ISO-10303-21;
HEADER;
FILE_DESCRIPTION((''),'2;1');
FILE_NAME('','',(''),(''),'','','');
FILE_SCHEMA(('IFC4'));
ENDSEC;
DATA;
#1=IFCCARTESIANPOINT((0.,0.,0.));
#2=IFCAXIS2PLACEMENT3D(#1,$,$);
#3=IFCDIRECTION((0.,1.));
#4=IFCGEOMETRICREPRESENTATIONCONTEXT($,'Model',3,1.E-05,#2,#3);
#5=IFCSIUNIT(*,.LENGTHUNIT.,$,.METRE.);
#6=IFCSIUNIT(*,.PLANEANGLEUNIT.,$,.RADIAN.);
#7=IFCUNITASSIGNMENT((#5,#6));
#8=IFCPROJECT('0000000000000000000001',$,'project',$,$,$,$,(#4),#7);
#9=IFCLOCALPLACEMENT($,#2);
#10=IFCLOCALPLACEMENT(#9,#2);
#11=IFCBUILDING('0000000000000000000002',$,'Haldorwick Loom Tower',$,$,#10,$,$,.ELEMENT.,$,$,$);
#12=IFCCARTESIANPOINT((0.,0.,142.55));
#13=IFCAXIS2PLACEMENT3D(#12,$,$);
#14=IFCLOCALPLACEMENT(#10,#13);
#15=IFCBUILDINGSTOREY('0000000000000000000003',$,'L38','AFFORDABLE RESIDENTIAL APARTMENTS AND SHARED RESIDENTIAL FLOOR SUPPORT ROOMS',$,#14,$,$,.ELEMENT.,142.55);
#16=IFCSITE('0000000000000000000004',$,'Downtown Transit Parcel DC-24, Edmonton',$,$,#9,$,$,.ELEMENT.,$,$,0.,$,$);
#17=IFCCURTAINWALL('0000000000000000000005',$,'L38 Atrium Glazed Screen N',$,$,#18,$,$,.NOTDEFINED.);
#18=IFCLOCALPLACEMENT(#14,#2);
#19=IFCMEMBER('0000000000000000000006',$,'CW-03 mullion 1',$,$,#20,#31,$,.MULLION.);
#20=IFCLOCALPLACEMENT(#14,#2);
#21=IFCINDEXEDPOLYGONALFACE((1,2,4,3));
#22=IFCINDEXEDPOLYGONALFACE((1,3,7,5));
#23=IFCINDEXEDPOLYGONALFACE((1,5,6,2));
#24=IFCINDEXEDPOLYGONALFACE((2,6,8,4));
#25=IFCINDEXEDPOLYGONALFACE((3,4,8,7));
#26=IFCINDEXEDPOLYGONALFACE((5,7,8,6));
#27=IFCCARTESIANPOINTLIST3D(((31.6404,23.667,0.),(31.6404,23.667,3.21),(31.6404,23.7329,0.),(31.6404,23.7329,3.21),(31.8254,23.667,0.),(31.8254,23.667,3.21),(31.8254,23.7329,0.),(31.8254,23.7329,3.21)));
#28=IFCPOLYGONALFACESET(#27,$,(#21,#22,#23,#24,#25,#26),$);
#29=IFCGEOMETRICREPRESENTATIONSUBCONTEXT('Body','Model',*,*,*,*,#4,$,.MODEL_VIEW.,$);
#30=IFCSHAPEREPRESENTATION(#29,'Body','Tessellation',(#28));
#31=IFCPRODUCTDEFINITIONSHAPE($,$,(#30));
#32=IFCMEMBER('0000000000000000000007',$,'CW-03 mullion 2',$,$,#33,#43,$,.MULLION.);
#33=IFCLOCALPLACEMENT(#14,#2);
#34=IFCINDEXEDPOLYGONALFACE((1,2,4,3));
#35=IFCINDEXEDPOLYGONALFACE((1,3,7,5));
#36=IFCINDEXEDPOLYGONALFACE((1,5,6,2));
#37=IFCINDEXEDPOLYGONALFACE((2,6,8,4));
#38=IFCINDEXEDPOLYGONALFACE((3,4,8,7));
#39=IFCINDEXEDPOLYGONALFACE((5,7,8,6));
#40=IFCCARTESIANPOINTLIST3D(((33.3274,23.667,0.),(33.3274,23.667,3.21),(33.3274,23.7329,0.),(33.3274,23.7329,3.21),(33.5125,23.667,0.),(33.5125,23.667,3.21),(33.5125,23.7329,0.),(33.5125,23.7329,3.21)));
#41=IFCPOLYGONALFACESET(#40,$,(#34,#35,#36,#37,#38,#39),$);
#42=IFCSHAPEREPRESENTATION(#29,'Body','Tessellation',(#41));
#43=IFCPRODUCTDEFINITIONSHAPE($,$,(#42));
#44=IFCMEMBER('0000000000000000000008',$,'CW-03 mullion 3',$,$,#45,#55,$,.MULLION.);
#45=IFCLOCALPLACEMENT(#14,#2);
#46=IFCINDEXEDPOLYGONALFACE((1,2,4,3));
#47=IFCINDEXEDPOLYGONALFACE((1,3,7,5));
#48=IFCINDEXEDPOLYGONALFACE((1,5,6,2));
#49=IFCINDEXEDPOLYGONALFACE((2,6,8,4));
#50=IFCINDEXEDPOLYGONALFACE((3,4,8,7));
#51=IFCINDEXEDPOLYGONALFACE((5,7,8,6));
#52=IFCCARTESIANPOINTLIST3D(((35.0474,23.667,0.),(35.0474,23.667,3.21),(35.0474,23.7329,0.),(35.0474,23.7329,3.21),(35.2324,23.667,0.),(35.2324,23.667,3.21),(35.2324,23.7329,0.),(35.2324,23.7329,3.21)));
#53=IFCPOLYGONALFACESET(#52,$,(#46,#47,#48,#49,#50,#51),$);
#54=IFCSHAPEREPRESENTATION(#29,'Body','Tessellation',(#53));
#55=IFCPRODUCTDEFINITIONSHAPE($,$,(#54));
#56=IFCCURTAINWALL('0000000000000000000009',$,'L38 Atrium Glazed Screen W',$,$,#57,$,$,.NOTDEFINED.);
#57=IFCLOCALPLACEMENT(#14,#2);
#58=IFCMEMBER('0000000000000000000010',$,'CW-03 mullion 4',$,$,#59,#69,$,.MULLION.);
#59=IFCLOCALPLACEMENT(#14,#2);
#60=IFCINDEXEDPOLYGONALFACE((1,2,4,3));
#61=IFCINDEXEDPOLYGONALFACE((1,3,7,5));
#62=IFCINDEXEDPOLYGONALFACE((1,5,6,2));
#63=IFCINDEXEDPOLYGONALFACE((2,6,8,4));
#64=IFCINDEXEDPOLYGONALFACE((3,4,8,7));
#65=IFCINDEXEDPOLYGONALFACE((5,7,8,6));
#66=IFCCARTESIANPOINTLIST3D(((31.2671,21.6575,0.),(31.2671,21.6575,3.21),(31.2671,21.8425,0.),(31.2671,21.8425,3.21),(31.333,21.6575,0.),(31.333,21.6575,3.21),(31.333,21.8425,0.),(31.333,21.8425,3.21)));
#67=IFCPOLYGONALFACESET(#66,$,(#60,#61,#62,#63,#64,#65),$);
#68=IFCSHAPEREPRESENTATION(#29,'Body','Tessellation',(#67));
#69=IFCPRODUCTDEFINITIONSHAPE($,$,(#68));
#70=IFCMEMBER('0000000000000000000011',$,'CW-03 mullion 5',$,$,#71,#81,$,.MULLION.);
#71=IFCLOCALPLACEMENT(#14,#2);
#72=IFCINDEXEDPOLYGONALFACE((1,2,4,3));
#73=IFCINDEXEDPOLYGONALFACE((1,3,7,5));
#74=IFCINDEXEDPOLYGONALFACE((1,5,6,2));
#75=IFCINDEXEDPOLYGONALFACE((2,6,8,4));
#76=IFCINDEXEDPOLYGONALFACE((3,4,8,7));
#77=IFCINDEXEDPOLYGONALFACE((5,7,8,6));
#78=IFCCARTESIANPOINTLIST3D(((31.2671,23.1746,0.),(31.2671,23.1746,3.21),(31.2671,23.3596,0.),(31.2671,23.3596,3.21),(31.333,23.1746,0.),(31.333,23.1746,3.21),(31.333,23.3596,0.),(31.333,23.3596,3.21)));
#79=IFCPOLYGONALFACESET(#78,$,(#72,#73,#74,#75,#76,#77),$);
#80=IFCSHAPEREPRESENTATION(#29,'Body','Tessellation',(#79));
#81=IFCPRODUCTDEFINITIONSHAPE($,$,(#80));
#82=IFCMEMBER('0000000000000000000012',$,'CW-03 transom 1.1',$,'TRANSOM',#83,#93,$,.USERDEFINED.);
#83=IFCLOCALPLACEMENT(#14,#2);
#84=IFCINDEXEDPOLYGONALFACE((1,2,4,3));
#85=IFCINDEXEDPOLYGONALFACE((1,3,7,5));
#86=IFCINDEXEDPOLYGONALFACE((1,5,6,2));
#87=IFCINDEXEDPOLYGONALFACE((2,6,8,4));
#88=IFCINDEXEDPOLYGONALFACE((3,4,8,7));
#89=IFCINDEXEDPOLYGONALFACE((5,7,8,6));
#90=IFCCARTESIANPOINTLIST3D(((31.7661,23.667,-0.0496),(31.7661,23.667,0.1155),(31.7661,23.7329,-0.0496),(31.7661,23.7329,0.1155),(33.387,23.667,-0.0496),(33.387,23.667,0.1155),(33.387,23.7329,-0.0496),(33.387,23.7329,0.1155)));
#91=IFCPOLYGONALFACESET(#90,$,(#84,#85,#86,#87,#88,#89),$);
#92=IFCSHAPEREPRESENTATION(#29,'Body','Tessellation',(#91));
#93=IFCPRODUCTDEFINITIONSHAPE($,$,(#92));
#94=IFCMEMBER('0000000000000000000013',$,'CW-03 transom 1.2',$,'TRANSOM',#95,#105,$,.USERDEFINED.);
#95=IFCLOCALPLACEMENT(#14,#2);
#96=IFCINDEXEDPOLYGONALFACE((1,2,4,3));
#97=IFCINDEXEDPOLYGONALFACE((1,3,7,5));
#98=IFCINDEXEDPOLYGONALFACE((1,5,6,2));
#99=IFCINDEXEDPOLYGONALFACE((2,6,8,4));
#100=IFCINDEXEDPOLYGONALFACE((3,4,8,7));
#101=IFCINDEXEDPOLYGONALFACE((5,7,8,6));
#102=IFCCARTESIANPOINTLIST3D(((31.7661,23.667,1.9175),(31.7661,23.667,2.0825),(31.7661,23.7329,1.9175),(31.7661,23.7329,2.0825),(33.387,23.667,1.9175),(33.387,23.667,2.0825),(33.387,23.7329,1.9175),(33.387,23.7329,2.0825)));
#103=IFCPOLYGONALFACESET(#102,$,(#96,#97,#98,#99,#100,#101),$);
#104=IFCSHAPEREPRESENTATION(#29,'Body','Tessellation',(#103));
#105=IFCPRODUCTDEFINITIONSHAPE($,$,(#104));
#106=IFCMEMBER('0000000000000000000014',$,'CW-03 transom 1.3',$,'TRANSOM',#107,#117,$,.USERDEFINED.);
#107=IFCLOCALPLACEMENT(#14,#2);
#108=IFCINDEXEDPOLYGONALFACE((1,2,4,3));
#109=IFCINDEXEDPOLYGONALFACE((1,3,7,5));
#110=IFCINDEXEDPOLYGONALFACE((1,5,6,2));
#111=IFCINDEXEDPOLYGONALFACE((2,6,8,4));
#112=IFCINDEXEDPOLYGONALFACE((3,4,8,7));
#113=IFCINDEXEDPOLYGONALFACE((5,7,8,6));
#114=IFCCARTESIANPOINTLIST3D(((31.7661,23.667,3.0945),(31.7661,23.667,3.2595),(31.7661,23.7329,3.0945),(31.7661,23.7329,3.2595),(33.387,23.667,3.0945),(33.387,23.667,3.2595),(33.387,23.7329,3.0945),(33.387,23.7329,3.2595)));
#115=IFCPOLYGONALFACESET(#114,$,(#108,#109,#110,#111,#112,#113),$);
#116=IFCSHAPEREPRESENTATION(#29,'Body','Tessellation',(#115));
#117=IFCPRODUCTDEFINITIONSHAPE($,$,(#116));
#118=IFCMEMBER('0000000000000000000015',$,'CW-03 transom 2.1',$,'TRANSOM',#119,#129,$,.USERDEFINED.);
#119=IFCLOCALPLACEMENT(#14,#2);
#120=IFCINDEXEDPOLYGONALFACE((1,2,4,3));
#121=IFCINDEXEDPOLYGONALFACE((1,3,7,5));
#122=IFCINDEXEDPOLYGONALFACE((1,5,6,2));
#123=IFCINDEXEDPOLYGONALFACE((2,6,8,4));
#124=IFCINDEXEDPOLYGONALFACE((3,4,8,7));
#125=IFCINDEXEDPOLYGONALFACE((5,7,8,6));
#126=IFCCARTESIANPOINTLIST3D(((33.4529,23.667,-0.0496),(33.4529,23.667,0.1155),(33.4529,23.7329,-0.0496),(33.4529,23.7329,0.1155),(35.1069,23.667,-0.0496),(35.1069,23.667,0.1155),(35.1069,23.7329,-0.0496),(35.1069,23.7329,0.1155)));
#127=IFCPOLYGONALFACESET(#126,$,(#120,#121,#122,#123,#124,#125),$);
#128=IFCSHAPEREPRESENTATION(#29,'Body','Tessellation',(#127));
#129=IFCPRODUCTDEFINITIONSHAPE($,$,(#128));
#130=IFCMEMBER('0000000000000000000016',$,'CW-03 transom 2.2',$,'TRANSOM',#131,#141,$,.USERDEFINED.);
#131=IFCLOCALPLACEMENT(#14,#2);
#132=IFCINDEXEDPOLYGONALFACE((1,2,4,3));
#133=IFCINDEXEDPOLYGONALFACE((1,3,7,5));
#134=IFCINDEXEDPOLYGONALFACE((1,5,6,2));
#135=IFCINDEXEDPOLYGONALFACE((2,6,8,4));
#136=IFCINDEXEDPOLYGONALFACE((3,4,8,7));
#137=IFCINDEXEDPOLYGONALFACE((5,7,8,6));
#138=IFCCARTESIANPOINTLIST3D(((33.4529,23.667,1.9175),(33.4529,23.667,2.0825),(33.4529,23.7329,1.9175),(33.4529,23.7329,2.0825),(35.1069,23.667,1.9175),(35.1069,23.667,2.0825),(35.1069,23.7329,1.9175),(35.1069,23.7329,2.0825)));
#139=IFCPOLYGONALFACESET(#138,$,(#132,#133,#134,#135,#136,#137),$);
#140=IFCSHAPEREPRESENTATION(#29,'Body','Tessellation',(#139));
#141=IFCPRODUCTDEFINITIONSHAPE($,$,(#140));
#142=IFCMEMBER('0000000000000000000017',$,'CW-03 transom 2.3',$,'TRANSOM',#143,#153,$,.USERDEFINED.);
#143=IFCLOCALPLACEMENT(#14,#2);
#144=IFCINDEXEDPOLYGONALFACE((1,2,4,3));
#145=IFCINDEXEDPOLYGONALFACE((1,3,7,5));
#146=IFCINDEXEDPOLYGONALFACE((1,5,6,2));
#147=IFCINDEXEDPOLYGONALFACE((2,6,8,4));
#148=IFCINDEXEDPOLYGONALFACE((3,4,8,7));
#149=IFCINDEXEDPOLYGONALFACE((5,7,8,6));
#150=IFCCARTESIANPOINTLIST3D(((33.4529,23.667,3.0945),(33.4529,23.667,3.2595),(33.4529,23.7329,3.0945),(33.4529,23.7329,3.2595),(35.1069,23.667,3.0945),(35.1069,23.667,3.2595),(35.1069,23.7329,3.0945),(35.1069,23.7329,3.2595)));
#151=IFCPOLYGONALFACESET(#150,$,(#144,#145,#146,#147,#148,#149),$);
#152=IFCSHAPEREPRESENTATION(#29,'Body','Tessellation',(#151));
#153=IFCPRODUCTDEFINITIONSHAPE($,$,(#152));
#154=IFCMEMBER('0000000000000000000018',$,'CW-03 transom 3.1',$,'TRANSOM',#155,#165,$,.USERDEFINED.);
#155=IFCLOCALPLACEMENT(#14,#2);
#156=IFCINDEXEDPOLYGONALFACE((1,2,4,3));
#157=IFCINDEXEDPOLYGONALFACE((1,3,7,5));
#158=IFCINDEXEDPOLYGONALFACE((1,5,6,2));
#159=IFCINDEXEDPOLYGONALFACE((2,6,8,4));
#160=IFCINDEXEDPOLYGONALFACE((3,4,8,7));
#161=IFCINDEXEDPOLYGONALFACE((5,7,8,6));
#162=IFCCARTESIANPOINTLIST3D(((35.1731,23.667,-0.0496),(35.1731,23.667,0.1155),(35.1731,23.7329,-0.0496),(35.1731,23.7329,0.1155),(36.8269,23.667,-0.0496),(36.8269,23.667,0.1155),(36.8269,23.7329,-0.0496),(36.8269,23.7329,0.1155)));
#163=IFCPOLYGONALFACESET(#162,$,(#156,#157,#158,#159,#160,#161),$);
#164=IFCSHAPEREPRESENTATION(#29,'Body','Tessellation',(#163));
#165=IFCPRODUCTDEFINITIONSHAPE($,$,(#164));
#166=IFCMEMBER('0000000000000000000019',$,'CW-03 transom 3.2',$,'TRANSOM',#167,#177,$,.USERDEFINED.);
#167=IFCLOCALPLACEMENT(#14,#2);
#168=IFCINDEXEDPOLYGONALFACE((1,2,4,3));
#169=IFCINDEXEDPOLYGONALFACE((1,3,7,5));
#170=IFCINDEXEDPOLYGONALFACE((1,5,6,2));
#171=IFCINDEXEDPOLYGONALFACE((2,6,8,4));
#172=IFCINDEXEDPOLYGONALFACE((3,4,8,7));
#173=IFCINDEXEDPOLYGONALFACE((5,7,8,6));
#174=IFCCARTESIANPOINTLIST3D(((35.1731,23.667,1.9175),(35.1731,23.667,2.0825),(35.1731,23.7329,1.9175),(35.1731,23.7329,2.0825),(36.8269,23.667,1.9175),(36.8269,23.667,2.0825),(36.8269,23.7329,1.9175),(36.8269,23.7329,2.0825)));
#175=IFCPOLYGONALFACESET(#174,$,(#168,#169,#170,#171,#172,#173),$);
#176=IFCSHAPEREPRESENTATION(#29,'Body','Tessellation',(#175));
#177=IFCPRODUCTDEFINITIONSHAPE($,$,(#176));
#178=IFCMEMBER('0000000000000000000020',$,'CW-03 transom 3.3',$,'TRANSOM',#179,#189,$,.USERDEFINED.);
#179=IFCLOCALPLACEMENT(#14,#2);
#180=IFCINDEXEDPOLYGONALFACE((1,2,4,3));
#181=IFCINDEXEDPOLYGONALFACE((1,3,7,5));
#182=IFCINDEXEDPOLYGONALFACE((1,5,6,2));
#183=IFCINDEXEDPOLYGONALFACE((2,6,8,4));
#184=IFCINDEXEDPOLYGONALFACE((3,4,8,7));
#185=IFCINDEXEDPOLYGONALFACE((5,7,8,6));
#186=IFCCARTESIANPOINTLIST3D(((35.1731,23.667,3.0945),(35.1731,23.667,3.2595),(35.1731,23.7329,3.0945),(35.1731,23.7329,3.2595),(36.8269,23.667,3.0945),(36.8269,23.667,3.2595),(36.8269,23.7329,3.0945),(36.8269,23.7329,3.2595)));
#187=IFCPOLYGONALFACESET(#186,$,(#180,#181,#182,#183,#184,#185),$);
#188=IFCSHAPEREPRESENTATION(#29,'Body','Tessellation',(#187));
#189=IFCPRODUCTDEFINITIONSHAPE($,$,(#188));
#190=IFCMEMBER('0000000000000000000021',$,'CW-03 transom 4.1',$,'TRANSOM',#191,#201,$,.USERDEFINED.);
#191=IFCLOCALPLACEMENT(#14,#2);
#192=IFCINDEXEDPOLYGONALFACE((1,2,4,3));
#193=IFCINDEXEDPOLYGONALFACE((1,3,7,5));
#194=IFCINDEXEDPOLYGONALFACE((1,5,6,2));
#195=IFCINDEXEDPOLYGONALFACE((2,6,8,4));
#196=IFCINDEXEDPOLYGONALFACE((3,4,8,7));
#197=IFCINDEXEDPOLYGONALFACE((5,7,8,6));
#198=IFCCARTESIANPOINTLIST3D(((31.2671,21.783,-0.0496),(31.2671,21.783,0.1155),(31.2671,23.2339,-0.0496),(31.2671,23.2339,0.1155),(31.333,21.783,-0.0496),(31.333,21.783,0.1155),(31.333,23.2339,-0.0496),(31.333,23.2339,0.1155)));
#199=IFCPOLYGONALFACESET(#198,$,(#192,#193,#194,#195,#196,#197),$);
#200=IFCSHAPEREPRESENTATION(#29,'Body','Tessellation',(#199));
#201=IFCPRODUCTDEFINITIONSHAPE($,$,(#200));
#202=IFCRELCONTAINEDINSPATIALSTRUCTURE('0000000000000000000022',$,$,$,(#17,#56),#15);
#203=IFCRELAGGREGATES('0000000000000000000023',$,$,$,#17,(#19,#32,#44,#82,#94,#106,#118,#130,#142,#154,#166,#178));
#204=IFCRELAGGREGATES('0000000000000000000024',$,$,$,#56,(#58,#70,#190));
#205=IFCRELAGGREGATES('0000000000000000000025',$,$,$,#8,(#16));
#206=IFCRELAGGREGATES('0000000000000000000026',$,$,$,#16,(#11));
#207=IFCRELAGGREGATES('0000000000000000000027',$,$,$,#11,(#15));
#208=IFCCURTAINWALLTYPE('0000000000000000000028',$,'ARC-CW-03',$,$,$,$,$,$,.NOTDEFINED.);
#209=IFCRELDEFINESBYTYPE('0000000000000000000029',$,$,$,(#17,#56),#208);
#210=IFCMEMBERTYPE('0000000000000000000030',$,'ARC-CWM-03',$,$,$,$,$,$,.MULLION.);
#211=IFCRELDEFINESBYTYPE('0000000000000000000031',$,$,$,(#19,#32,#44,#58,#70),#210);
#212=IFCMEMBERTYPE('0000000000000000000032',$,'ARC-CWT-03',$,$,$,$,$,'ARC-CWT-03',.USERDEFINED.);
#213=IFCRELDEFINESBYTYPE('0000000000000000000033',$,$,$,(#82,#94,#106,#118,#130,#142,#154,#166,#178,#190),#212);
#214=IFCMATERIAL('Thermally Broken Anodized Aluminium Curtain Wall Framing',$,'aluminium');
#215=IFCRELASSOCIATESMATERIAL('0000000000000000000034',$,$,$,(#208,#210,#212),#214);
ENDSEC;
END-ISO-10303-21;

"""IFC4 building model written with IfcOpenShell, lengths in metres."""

from ifc_helpers import new_model, si_unit, direction, frame, origin, origin_2d, place, context, subcontext, project, spatial, rectangle, extrude, material, material_profile, profile_set, type_object, element, aggregate, save


model = new_model("IFC4")

# Units and contexts
model_context = context("Model", 3, precision=1e-05, world=origin(), true_north=direction((0.0, 1.0)))
body_context = subcontext(model_context, "Body", "Model", "MODEL_VIEW")
ifc_project = project(units=[si_unit("LENGTHUNIT", "METRE"), si_unit("PLANEANGLEUNIT", "RADIAN")], contexts=[model_context])

# Site, building, storey
site_placement = place(None, origin())
site = spatial("IfcSite", under=ifc_project, at=site_placement, Name="Downtown Transit Parcel DC-24, Edmonton", CompositionType="ELEMENT", RefElevation=0.0)
building_placement = place(site_placement, origin())
building = spatial("IfcBuilding", under=site, at=building_placement, Name="Haldorwick Loom Tower", CompositionType="ELEMENT")
storey_placement = place(building_placement, frame((0.0, 0.0, 142.55)))
storey = spatial("IfcBuildingStorey", under=building, at=storey_placement, Name="L38", Description="AFFORDABLE RESIDENTIAL APARTMENTS AND SHARED RESIDENTIAL FLOOR SUPPORT ROOMS", CompositionType="ELEMENT", Elevation=142.55)

# Curtain walls, members
ifc_material_1 = material(Name="Thermally Broken Anodized Aluminium Curtain Wall Framing", Category="aluminium")
curtain_wall_type = type_object("IfcCurtainWallType", Name="ARC-CW-03", PredefinedType="NOTDEFINED", material=ifc_material_1)
curtain_wall_1_placement = place(storey_placement, origin())
curtain_wall_1 = element("IfcCurtainWall", 1, at=curtain_wall_1_placement, inside=storey, type_object=curtain_wall_type, Name="L38 Atrium Glazed Screen N", PredefinedType="NOTDEFINED")
ifc_material_profile_1 = material_profile(ifc_material_1, rectangle(XDim=0.0659, YDim=0.1851, at=origin_2d()), Name="ALU_MUL_66X185", Category="aluminium")
ifc_profile_set_1 = profile_set([ifc_material_profile_1], Name="Thermally Broken Anodized Aluminium Curtain Wall Framing")
member_type_1 = type_object("IfcMemberType", Name="ARC-CWM-03", PredefinedType="MULLION", material=ifc_profile_set_1)
member_1_placement = place(storey_placement, frame((31.7329, 23.7, 0.0), z_axis=(0.0, 0.0, 1.0), x_axis=(0.0, 1.0, 0.0)))
member_1 = element("IfcMember", 2, at=member_1_placement, type_object=member_type_1, Name="CW-03 mullion 1", PredefinedType="MULLION", context=body_context, shape_type="SweptSolid", body=[
    extrude(rectangle(XDim=0.0659, YDim=0.1851, at=origin_2d()), origin(), (0.0, 0.0, 1.0), 3.21),
])
member_2_placement = place(storey_placement, frame((33.4199, 23.7, 0.0), z_axis=(0.0, 0.0, 1.0), x_axis=(0.0, 1.0, 0.0)))
member_2 = element("IfcMember", 3, at=member_2_placement, type_object=member_type_1, Name="CW-03 mullion 2", PredefinedType="MULLION", context=body_context, shape_type="SweptSolid", body=[
    extrude(rectangle(XDim=0.0659, YDim=0.1851, at=origin_2d()), origin(), (0.0, 0.0, 1.0), 3.21),
])
member_3_placement = place(storey_placement, frame((35.1399, 23.7, 0.0), z_axis=(0.0, 0.0, 1.0), x_axis=(0.0, 1.0, 0.0)))
member_3 = element("IfcMember", 4, at=member_3_placement, type_object=member_type_1, Name="CW-03 mullion 3", PredefinedType="MULLION", context=body_context, shape_type="SweptSolid", body=[
    extrude(rectangle(XDim=0.0659, YDim=0.1851, at=origin_2d()), origin(), (0.0, 0.0, 1.0), 3.21),
])
curtain_wall_2_placement = place(storey_placement, origin())
curtain_wall_2 = element("IfcCurtainWall", 5, at=curtain_wall_2_placement, inside=storey, type_object=curtain_wall_type, Name="L38 Atrium Glazed Screen W", PredefinedType="NOTDEFINED")
member_4_placement = place(storey_placement, frame((31.3, 21.75, 0.0), z_axis=(0.0, 0.0, 1.0), x_axis=(-1.0, 0.0, 0.0)))
member_4 = element("IfcMember", 6, at=member_4_placement, type_object=member_type_1, Name="CW-03 mullion 4", PredefinedType="MULLION", context=body_context, shape_type="SweptSolid", body=[
    extrude(rectangle(XDim=0.0659, YDim=0.1851, at=origin_2d()), origin(), (0.0, 0.0, 1.0), 3.21),
])
member_5_placement = place(storey_placement, frame((31.3, 23.2671, 0.0), z_axis=(0.0, 0.0, 1.0), x_axis=(-1.0, 0.0, 0.0)))
member_5 = element("IfcMember", 7, at=member_5_placement, type_object=member_type_1, Name="CW-03 mullion 5", PredefinedType="MULLION", context=body_context, shape_type="SweptSolid", body=[
    extrude(rectangle(XDim=0.0659, YDim=0.1851, at=origin_2d()), origin(), (0.0, 0.0, 1.0), 3.21),
])

# Members
ifc_material_profile_2 = material_profile(ifc_material_1, rectangle(XDim=0.0659, YDim=0.165, at=origin_2d()), Name="ALU_TRN_66X165", Category="aluminium")
ifc_profile_set_2 = profile_set([ifc_material_profile_2], Name="Thermally Broken Anodized Aluminium Curtain Wall Framing")
member_type_2 = type_object("IfcMemberType", Name="ARC-CWT-03", ElementType="ARC-CWT-03", PredefinedType="USERDEFINED", material=ifc_profile_set_2)
member_6_placement = place(storey_placement, frame((31.7661, 23.7, 0.033), z_axis=(1.0, 0.0, 0.0), x_axis=(0.0, 1.0, 0.0)))
member_6 = element("IfcMember", 8, at=member_6_placement, type_object=member_type_2, Name="CW-03 transom 1.1", ObjectType="TRANSOM", PredefinedType="USERDEFINED", context=body_context, shape_type="SweptSolid", body=[
    extrude(rectangle(XDim=0.0659, YDim=0.165, at=origin_2d()), origin(), (0.0, 0.0, 1.0), 1.6208),
])
member_7_placement = place(storey_placement, frame((31.7661, 23.7, 2.0), z_axis=(1.0, 0.0, 0.0), x_axis=(0.0, 1.0, 0.0)))
member_7 = element("IfcMember", 9, at=member_7_placement, type_object=member_type_2, Name="CW-03 transom 1.2", ObjectType="TRANSOM", PredefinedType="USERDEFINED", context=body_context, shape_type="SweptSolid", body=[
    extrude(rectangle(XDim=0.0659, YDim=0.165, at=origin_2d()), origin(), (0.0, 0.0, 1.0), 1.6208),
])
member_8_placement = place(storey_placement, frame((31.7661, 23.7, 3.177), z_axis=(1.0, 0.0, 0.0), x_axis=(0.0, 1.0, 0.0)))
member_8 = element("IfcMember", 10, at=member_8_placement, type_object=member_type_2, Name="CW-03 transom 1.3", ObjectType="TRANSOM", PredefinedType="USERDEFINED", context=body_context, shape_type="SweptSolid", body=[
    extrude(rectangle(XDim=0.0659, YDim=0.165, at=origin_2d()), origin(), (0.0, 0.0, 1.0), 1.6208),
])
member_9_placement = place(storey_placement, frame((33.4529, 23.7, 0.033), z_axis=(1.0, 0.0, 0.0), x_axis=(0.0, 1.0, 0.0)))
member_9 = element("IfcMember", 11, at=member_9_placement, type_object=member_type_2, Name="CW-03 transom 2.1", ObjectType="TRANSOM", PredefinedType="USERDEFINED", context=body_context, shape_type="SweptSolid", body=[
    extrude(rectangle(XDim=0.0659, YDim=0.165, at=origin_2d()), origin(), (0.0, 0.0, 1.0), 1.6541),
])
member_10_placement = place(storey_placement, frame((33.4529, 23.7, 2.0), z_axis=(1.0, 0.0, 0.0), x_axis=(0.0, 1.0, 0.0)))
member_10 = element("IfcMember", 12, at=member_10_placement, type_object=member_type_2, Name="CW-03 transom 2.2", ObjectType="TRANSOM", PredefinedType="USERDEFINED", context=body_context, shape_type="SweptSolid", body=[
    extrude(rectangle(XDim=0.0659, YDim=0.165, at=origin_2d()), origin(), (0.0, 0.0, 1.0), 1.6541),
])
member_11_placement = place(storey_placement, frame((33.4529, 23.7, 3.177), z_axis=(1.0, 0.0, 0.0), x_axis=(0.0, 1.0, 0.0)))
member_11 = element("IfcMember", 13, at=member_11_placement, type_object=member_type_2, Name="CW-03 transom 2.3", ObjectType="TRANSOM", PredefinedType="USERDEFINED", context=body_context, shape_type="SweptSolid", body=[
    extrude(rectangle(XDim=0.0659, YDim=0.165, at=origin_2d()), origin(), (0.0, 0.0, 1.0), 1.6541),
])
member_12_placement = place(storey_placement, frame((35.1731, 23.7, 0.033), z_axis=(1.0, 0.0, 0.0), x_axis=(0.0, 1.0, 0.0)))
member_12 = element("IfcMember", 14, at=member_12_placement, type_object=member_type_2, Name="CW-03 transom 3.1", ObjectType="TRANSOM", PredefinedType="USERDEFINED", context=body_context, shape_type="SweptSolid", body=[
    extrude(rectangle(XDim=0.0659, YDim=0.165, at=origin_2d()), origin(), (0.0, 0.0, 1.0), 1.6538),
])
member_13_placement = place(storey_placement, frame((35.1731, 23.7, 2.0), z_axis=(1.0, 0.0, 0.0), x_axis=(0.0, 1.0, 0.0)))
member_13 = element("IfcMember", 15, at=member_13_placement, type_object=member_type_2, Name="CW-03 transom 3.2", ObjectType="TRANSOM", PredefinedType="USERDEFINED", context=body_context, shape_type="SweptSolid", body=[
    extrude(rectangle(XDim=0.0659, YDim=0.165, at=origin_2d()), origin(), (0.0, 0.0, 1.0), 1.6538),
])
member_14_placement = place(storey_placement, frame((35.1731, 23.7, 3.177), z_axis=(1.0, 0.0, 0.0), x_axis=(0.0, 1.0, 0.0)))
member_14 = element("IfcMember", 16, at=member_14_placement, type_object=member_type_2, Name="CW-03 transom 3.3", ObjectType="TRANSOM", PredefinedType="USERDEFINED", context=body_context, shape_type="SweptSolid", body=[
    extrude(rectangle(XDim=0.0659, YDim=0.165, at=origin_2d()), origin(), (0.0, 0.0, 1.0), 1.6538),
])
member_15_placement = place(storey_placement, frame((31.3, 21.783, 0.033), z_axis=(0.0, 1.0, 0.0), x_axis=(-1.0, 0.0, 0.0)))
member_15 = element("IfcMember", 17, at=member_15_placement, type_object=member_type_2, Name="CW-03 transom 4.1", ObjectType="TRANSOM", PredefinedType="USERDEFINED", context=body_context, shape_type="SweptSolid", body=[
    extrude(rectangle(XDim=0.0659, YDim=0.165, at=origin_2d()), origin(), (0.0, 0.0, 1.0), 1.4509),
])

aggregate(curtain_wall_1, [member_1, member_2, member_3, member_6, member_7, member_8, member_9, member_10, member_11, member_12, member_13, member_14])
aggregate(curtain_wall_2, [member_4, member_5, member_15])

save(model, "model.ifc")
